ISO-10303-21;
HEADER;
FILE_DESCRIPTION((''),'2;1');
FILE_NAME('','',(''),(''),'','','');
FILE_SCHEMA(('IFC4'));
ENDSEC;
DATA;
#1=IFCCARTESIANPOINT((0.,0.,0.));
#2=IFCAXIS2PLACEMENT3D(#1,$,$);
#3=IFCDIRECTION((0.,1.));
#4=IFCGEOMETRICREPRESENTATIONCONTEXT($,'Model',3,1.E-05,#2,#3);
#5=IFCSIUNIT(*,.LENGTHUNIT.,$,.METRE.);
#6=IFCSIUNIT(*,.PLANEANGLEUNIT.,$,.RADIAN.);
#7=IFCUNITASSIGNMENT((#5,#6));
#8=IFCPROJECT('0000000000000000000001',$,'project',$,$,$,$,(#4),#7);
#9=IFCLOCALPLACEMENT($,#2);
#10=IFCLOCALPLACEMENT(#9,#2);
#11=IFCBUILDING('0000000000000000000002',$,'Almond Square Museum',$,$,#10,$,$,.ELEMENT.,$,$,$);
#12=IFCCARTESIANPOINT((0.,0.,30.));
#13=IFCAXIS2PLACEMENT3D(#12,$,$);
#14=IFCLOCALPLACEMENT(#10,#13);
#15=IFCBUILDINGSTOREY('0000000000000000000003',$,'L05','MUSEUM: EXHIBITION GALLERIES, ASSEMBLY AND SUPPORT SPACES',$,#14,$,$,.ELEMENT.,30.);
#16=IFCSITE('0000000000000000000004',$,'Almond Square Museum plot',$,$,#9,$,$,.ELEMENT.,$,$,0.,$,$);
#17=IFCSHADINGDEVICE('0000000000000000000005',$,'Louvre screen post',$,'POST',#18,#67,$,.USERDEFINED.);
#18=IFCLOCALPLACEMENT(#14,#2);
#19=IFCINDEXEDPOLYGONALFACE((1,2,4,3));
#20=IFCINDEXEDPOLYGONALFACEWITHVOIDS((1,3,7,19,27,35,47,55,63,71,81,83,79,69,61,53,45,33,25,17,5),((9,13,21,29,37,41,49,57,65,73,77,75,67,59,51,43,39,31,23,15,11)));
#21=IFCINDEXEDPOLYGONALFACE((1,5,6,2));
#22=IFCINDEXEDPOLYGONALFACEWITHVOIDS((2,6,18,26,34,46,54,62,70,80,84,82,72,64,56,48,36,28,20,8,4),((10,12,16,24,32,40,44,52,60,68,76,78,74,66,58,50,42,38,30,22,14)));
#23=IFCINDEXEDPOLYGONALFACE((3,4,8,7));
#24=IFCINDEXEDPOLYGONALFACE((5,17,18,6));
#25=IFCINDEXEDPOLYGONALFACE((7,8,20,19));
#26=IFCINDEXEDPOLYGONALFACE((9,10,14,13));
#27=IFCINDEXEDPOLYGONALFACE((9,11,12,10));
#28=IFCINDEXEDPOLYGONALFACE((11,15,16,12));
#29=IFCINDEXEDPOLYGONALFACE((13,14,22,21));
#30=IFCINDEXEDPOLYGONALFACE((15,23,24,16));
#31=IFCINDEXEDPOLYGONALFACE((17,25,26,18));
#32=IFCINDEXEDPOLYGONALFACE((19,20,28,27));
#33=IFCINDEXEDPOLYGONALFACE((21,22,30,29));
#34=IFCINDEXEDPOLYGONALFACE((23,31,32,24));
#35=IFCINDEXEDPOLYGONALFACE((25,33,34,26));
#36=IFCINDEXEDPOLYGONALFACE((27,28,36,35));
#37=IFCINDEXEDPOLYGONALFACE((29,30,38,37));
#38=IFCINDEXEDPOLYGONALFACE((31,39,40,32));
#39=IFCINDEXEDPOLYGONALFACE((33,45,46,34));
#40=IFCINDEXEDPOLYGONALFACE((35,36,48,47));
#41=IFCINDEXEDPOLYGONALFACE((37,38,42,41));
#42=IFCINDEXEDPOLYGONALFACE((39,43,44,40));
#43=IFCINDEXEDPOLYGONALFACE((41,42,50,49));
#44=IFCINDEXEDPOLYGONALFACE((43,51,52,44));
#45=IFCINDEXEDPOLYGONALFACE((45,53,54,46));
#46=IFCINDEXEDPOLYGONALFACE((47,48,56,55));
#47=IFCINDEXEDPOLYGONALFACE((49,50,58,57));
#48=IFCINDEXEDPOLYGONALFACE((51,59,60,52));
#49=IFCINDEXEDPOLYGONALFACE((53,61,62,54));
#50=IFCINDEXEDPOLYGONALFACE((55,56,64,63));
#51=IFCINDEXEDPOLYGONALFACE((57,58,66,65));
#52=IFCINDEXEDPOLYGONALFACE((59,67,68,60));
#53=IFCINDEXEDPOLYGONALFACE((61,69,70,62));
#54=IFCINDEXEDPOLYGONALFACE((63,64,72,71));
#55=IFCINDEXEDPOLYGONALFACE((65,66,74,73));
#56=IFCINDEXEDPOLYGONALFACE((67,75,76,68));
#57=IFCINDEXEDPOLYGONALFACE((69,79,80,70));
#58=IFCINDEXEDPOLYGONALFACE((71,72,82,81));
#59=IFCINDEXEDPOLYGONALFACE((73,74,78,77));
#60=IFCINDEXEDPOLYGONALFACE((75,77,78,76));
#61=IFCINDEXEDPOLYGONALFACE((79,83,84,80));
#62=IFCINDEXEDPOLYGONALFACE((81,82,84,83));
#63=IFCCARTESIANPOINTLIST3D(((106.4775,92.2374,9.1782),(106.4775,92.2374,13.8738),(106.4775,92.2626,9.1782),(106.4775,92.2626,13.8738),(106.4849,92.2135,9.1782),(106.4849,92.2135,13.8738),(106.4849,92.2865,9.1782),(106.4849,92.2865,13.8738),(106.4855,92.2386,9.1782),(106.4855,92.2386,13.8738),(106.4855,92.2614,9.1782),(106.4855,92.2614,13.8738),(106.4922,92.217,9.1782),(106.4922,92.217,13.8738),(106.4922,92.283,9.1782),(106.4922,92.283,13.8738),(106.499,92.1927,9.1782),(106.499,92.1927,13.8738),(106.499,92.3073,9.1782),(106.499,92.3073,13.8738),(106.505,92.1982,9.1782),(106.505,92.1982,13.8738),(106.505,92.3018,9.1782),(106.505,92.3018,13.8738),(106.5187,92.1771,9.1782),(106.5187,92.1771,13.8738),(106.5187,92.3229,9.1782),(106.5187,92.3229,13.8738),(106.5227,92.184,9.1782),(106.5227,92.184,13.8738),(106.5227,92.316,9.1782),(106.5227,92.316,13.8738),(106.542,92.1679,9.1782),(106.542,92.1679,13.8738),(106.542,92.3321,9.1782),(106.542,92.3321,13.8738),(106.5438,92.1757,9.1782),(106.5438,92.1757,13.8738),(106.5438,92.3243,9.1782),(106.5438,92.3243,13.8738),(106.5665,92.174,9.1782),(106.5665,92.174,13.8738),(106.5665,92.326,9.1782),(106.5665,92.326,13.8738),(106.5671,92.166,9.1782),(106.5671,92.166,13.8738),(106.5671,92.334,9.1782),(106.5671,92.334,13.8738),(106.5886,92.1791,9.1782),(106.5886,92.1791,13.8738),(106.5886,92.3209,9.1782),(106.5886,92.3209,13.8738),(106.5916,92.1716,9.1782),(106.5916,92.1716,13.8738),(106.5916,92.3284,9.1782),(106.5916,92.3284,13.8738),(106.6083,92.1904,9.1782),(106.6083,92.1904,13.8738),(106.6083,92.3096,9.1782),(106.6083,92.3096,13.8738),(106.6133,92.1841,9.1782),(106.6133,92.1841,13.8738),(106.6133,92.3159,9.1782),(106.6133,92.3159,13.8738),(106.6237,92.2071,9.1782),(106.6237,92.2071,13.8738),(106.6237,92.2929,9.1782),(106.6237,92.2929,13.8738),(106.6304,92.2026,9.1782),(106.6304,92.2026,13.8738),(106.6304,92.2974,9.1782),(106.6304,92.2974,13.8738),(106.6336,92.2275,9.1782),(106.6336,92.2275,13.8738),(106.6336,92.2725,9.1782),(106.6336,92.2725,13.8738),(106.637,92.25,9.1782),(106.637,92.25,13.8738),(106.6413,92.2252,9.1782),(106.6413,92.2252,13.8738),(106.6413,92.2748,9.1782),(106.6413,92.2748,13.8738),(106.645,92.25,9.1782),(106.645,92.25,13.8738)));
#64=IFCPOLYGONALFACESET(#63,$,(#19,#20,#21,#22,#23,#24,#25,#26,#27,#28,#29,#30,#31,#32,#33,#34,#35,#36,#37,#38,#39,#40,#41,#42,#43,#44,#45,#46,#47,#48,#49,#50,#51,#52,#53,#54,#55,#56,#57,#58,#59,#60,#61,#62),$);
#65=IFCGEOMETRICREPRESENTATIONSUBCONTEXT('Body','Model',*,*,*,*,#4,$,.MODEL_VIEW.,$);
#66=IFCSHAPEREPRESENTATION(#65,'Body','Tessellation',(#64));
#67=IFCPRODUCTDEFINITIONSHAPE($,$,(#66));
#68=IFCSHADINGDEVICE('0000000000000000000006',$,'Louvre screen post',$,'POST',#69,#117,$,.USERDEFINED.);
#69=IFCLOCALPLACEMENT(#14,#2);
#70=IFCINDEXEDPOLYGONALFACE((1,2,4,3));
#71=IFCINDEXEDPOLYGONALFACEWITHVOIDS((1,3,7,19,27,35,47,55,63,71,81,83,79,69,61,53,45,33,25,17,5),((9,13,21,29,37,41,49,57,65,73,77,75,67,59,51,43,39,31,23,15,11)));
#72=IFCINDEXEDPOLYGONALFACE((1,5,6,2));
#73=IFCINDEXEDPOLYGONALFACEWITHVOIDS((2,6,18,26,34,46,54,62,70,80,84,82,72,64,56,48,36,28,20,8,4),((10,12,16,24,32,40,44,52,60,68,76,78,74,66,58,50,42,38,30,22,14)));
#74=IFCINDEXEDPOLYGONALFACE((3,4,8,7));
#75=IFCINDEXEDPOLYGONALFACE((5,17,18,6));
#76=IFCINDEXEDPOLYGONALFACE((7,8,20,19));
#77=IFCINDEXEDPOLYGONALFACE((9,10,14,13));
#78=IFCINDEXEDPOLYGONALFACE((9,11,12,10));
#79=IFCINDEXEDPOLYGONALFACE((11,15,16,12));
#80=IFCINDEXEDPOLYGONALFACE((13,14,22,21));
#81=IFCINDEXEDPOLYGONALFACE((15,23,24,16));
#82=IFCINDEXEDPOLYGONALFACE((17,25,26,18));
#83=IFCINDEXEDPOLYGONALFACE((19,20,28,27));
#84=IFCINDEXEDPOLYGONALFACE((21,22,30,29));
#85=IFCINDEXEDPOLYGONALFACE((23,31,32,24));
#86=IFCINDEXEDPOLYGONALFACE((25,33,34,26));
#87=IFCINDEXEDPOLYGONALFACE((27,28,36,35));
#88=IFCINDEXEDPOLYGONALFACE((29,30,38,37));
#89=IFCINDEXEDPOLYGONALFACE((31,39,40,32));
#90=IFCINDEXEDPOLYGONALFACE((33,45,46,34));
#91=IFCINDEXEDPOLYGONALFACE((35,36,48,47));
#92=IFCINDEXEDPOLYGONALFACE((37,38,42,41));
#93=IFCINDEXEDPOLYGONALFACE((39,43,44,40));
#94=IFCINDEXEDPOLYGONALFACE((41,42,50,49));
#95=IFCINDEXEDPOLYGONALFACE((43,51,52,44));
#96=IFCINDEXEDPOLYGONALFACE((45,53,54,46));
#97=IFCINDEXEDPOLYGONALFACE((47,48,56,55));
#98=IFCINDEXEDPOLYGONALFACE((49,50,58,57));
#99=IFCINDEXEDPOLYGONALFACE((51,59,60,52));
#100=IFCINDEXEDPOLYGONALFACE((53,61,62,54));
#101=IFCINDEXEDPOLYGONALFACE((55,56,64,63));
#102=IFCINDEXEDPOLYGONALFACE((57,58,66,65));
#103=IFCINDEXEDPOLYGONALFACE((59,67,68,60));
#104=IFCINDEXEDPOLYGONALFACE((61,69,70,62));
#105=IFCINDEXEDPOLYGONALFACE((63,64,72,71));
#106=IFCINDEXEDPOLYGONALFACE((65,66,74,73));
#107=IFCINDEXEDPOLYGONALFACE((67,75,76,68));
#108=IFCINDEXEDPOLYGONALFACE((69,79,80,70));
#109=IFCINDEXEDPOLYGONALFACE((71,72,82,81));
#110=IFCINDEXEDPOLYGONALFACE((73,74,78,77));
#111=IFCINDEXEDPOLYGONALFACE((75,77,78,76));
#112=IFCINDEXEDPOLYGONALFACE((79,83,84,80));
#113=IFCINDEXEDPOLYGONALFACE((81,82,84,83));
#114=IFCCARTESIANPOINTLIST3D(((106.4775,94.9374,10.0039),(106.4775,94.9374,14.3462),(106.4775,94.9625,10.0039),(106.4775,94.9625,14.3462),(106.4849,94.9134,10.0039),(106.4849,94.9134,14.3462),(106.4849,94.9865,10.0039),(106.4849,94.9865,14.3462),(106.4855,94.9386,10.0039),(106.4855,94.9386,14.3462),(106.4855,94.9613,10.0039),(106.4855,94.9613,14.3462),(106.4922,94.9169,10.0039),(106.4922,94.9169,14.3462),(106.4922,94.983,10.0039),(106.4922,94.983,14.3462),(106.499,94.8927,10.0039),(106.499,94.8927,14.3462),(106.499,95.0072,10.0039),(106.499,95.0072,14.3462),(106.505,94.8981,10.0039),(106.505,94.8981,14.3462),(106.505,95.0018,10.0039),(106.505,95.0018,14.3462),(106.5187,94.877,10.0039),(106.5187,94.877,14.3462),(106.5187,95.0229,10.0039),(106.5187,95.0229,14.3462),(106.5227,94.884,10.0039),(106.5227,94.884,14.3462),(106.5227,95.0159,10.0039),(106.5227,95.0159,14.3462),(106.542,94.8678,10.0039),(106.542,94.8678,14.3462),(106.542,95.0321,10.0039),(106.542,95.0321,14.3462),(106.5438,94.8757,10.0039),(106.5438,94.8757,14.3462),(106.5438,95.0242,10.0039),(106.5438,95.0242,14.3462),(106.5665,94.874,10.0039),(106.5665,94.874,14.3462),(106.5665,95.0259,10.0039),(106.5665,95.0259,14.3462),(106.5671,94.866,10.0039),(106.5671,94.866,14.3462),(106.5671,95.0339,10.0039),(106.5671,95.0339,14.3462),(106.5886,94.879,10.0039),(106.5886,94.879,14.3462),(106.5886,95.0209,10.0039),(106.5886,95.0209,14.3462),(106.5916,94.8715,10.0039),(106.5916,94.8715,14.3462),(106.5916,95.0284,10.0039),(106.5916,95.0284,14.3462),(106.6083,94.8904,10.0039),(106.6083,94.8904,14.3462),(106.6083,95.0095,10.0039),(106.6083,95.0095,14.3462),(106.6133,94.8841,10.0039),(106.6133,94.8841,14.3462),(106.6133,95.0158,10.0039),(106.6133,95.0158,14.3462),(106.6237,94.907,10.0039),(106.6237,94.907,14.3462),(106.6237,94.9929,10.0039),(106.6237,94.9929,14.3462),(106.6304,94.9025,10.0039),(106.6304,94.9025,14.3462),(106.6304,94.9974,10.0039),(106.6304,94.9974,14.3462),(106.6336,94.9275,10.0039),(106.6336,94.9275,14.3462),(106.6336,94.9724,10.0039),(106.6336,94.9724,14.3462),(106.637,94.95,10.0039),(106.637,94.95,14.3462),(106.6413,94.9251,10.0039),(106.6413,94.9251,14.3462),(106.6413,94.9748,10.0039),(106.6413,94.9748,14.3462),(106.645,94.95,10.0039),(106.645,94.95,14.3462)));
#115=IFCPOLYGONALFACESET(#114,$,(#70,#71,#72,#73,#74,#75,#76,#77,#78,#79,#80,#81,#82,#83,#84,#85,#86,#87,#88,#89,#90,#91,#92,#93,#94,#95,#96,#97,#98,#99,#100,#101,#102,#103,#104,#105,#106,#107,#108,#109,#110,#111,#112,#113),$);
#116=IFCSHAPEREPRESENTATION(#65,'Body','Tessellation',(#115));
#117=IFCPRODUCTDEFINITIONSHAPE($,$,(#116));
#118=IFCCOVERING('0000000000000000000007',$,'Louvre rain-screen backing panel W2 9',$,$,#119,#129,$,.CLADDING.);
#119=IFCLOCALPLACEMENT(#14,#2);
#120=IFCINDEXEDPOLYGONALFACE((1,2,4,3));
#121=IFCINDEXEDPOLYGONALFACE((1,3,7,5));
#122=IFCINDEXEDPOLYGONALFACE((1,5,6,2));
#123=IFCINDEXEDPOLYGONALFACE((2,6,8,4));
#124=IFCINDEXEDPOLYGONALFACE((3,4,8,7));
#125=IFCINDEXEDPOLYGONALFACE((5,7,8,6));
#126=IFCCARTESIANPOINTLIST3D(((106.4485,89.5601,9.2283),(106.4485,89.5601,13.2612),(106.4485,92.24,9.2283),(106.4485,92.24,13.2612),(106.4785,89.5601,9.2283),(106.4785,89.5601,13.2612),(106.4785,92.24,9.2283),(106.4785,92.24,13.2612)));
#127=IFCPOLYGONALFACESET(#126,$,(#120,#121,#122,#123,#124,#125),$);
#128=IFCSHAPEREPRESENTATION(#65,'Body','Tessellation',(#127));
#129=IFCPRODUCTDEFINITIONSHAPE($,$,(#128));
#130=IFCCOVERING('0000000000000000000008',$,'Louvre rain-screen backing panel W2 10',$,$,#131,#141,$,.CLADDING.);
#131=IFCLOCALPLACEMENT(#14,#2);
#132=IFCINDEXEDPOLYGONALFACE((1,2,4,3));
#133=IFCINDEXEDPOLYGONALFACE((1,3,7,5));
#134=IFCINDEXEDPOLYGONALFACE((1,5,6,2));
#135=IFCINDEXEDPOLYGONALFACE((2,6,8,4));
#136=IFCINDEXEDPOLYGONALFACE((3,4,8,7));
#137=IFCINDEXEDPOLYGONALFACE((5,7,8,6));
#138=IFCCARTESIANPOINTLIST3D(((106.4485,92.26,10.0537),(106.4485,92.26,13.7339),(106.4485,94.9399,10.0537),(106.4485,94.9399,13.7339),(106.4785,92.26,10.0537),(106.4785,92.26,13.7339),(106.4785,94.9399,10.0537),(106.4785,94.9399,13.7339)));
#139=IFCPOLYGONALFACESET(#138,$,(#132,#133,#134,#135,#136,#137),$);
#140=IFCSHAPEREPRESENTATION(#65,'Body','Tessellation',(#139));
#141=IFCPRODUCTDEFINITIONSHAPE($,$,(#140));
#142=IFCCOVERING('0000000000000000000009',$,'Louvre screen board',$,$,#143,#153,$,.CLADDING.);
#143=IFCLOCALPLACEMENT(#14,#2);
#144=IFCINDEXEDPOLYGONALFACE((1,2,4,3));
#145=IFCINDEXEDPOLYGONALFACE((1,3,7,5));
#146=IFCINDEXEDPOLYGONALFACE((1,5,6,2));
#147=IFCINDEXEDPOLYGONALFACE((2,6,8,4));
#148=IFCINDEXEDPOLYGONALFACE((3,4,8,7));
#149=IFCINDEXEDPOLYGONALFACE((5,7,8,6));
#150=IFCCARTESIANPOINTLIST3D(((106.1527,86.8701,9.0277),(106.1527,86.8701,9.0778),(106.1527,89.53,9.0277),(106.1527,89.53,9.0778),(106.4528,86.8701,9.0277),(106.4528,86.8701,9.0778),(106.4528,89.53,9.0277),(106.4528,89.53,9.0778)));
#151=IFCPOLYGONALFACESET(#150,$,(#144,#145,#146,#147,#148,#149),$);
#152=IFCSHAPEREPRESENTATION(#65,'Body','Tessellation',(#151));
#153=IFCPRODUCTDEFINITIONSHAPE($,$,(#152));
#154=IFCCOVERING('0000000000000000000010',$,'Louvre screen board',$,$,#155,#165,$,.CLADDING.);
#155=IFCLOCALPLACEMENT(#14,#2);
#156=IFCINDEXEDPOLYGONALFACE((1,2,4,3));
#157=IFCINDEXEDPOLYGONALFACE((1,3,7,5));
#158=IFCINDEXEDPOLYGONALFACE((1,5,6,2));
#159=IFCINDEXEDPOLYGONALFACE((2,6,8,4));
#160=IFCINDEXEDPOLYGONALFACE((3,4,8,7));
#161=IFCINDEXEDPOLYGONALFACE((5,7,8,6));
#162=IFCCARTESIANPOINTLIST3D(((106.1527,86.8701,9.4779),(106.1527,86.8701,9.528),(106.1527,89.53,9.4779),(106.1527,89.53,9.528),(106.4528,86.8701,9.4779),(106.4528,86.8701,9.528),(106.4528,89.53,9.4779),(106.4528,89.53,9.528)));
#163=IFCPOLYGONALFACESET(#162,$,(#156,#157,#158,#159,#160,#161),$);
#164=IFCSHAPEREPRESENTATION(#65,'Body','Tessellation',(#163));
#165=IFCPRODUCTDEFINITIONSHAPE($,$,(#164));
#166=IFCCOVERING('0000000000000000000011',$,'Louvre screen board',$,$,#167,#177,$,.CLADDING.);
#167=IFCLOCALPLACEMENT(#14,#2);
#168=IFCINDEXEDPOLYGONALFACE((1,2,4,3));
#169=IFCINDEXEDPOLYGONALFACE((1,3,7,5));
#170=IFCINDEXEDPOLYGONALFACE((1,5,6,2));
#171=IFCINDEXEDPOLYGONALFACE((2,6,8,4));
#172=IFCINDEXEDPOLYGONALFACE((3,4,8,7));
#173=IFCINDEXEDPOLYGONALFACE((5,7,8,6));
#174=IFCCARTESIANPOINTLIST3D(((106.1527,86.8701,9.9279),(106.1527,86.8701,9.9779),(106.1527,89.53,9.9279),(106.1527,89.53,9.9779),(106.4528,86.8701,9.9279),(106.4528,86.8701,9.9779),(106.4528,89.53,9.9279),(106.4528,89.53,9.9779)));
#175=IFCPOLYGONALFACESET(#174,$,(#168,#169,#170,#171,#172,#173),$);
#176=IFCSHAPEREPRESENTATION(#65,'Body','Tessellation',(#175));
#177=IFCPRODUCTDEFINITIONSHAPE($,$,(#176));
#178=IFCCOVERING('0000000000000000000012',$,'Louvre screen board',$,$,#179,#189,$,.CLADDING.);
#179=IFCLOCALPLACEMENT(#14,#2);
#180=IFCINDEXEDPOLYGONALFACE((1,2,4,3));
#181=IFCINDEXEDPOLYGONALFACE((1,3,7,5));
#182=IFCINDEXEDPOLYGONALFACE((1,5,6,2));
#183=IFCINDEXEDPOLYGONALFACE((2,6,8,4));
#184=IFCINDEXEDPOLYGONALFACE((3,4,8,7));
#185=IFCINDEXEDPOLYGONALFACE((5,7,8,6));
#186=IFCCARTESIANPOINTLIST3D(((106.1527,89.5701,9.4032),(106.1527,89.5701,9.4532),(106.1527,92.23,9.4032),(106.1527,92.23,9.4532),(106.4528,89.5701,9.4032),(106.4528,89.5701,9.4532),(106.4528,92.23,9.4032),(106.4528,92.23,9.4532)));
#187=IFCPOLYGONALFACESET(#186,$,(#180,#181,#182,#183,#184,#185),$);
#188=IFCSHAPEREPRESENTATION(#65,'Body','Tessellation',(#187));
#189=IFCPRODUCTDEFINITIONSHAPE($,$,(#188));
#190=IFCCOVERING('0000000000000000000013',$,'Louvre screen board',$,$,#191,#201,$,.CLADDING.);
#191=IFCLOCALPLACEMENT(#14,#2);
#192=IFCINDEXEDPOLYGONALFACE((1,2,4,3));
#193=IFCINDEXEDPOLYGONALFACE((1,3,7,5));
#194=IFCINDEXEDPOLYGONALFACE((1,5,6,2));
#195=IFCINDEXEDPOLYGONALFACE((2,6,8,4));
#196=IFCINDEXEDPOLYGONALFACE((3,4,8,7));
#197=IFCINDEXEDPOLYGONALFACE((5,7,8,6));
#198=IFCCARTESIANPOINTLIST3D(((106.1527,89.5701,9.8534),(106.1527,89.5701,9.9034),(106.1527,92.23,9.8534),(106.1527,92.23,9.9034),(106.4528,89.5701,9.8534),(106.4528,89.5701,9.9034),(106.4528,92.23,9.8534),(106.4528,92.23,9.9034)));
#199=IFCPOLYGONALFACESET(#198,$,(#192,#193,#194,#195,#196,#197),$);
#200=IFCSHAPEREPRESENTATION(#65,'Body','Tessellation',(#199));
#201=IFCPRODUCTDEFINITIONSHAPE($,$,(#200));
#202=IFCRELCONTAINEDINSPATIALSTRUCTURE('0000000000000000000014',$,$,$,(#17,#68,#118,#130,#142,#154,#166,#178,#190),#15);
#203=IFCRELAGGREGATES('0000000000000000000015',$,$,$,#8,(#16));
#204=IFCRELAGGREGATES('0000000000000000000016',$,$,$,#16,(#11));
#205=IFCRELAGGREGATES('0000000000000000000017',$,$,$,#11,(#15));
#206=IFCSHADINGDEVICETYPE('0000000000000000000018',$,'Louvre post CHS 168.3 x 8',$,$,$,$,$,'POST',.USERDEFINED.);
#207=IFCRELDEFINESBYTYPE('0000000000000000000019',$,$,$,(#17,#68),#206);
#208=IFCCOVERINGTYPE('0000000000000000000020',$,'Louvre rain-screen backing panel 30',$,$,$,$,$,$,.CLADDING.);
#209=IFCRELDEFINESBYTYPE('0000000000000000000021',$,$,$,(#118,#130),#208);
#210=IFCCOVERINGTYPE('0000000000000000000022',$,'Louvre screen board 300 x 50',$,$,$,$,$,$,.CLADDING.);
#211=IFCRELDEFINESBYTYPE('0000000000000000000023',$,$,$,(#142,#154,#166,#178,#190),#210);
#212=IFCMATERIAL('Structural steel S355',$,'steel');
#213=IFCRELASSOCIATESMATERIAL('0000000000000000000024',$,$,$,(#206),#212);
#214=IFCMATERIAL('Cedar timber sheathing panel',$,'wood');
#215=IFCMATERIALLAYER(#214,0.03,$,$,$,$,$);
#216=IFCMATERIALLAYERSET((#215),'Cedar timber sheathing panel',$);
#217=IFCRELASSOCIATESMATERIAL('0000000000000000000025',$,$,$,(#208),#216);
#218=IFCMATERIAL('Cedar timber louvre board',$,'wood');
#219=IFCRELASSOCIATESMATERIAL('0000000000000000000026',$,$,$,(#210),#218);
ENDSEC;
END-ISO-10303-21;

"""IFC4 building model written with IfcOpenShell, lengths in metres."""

from ifc_helpers import new_model, si_unit, direction, frame, origin, origin_2d, place, context, subcontext, project, spatial, polyline, rectangle, hollow_circle, outline, extrude, material, layer, layer_set, material_profile, profile_set, type_object, element, save


model = new_model("IFC4")

# Units and contexts
model_context = context("Model", 3, precision=1e-05, world=origin(), true_north=direction((0.0, 1.0)))
body_context = subcontext(model_context, "Body", "Model", "MODEL_VIEW")
ifc_project = project(units=[si_unit("LENGTHUNIT", "METRE"), si_unit("PLANEANGLEUNIT", "RADIAN")], contexts=[model_context])

# Site, building, storey
site_placement = place(None, origin())
site = spatial("IfcSite", under=ifc_project, at=site_placement, Name="Almond Square Museum plot", CompositionType="ELEMENT", RefElevation=0.0)
building_placement = place(site_placement, origin())
building = spatial("IfcBuilding", under=site, at=building_placement, Name="Almond Square Museum", CompositionType="ELEMENT")
storey_placement = place(building_placement, frame((0.0, 0.0, 30.0)))
storey = spatial("IfcBuildingStorey", under=building, at=storey_placement, Name="L05", Description="MUSEUM: EXHIBITION GALLERIES, ASSEMBLY AND SUPPORT SPACES", CompositionType="ELEMENT", Elevation=30.0)

# Shading devices
ifc_material_1 = material(Name="Structural steel S355", Category="steel")
ifc_material_profile_1 = material_profile(ifc_material_1, hollow_circle(Radius=0.0842, WallThickness=0.0081, at=origin_2d()))
ifc_profile_set_1 = profile_set([ifc_material_profile_1], Name="Structural steel S355")
shading_device_type = type_object("IfcShadingDeviceType", Name="Louvre post CHS 168.3 x 8", ElementType="POST", PredefinedType="USERDEFINED", material=ifc_profile_set_1)
shading_device_1_placement = place(storey_placement, frame((106.5608, 92.25, 9.1782), z_axis=(0.0, 0.0, 1.0), x_axis=(1.0, 0.0, 0.0)))
element("IfcShadingDevice", 1, at=shading_device_1_placement, inside=storey, type_object=shading_device_type, Name="Louvre screen post", ObjectType="POST", PredefinedType="USERDEFINED", context=body_context, shape_type="SweptSolid", body=[
    extrude(hollow_circle(Radius=0.0842, WallThickness=0.0081, at=origin_2d()), origin(), (0.0, 0.0, 1.0), 4.6956),
])
shading_device_2_placement = place(storey_placement, frame((106.5608, 94.95, 10.0039), z_axis=(0.0, 0.0, 1.0), x_axis=(1.0, 0.0, 0.0)))
element("IfcShadingDevice", 2, at=shading_device_2_placement, inside=storey, type_object=shading_device_type, Name="Louvre screen post", ObjectType="POST", PredefinedType="USERDEFINED", context=body_context, shape_type="SweptSolid", body=[
    extrude(hollow_circle(Radius=0.0842, WallThickness=0.0081, at=origin_2d()), origin(), (0.0, 0.0, 1.0), 4.3423),
])

# Coverings
ifc_material_2 = material(Name="Cedar timber sheathing panel", Category="wood")
ifc_layer_1 = layer(ifc_material_2, 0.03)
ifc_layer_set_1 = layer_set([ifc_layer_1], Name="Cedar timber sheathing panel")
covering_type_1 = type_object("IfcCoveringType", Name="Louvre rain-screen backing panel 30", PredefinedType="CLADDING", material=ifc_layer_set_1)
covering_1_placement = place(storey_placement, frame((106.4636, 89.5601, 9.2283), z_axis=(1.0, 0.0, 0.0), x_axis=(0.0, 1.0, 0.0)))
element("IfcCovering", 3, at=covering_1_placement, inside=storey, type_object=covering_type_1, Name="Louvre rain-screen backing panel W2 9", PredefinedType="CLADDING", context=body_context, shape_type="SweptSolid", body=[
    extrude(outline(polyline([(0.0, 0.0), (2.6799, 0.0), (2.6799, 4.033), (0.0, 4.033), (0.0, 0.0)])), frame((0.0, 0.0, -0.0151)), (0.0, 0.0, 1.0), 0.03),
])
covering_2_placement = place(storey_placement, frame((106.4636, 92.26, 10.0537), z_axis=(1.0, 0.0, 0.0), x_axis=(0.0, 1.0, 0.0)))
element("IfcCovering", 4, at=covering_2_placement, inside=storey, type_object=covering_type_1, Name="Louvre rain-screen backing panel W2 10", PredefinedType="CLADDING", context=body_context, shape_type="SweptSolid", body=[
    extrude(outline(polyline([(0.0, 0.0), (2.6799, 0.0), (2.6799, 3.6802), (0.0, 3.6802), (0.0, 0.0)])), frame((0.0, 0.0, -0.0151)), (0.0, 0.0, 1.0), 0.03),
])
ifc_material_3 = material(Name="Cedar timber louvre board", Category="wood")
ifc_material_profile_2 = material_profile(ifc_material_3, rectangle(XDim=0.3, YDim=0.05, at=origin_2d()))
ifc_profile_set_2 = profile_set([ifc_material_profile_2], Name="Cedar timber louvre board")
covering_type_2 = type_object("IfcCoveringType", Name="Louvre screen board 300 x 50", PredefinedType="CLADDING", material=ifc_profile_set_2)
for number, where, z_axis, x_axis, name in (
    (5, (106.3027, 86.8701, 9.0527), (0.0, 1.0, 0.0), (-1.0, 0.0, 0.0), "Louvre screen board"),
    (6, (106.3027, 86.8701, 9.5029), (0.0, 1.0, 0.0), (-1.0, 0.0, 0.0), "Louvre screen board"),
    (7, (106.3027, 86.8701, 9.9529), (0.0, 1.0, 0.0), (-1.0, 0.0, 0.0), "Louvre screen board"),
    (8, (106.3027, 89.5701, 9.4282), (0.0, 1.0, 0.0), (-1.0, 0.0, 0.0), "Louvre screen board"),
    (9, (106.3027, 89.5701, 9.8784), (0.0, 1.0, 0.0), (-1.0, 0.0, 0.0), "Louvre screen board"),
):
    element("IfcCovering", number, at=place(storey_placement, frame(where, z_axis=z_axis, x_axis=x_axis)), inside=storey, type_object=covering_type_2, Name=name, PredefinedType="CLADDING", context=body_context, shape_type="SweptSolid", body=[
        extrude(rectangle(XDim=0.3, YDim=0.05, at=origin_2d()), origin(), (0.0, 0.0, 1.0), 2.6599),
    ])

save(model, "model.ifc")
